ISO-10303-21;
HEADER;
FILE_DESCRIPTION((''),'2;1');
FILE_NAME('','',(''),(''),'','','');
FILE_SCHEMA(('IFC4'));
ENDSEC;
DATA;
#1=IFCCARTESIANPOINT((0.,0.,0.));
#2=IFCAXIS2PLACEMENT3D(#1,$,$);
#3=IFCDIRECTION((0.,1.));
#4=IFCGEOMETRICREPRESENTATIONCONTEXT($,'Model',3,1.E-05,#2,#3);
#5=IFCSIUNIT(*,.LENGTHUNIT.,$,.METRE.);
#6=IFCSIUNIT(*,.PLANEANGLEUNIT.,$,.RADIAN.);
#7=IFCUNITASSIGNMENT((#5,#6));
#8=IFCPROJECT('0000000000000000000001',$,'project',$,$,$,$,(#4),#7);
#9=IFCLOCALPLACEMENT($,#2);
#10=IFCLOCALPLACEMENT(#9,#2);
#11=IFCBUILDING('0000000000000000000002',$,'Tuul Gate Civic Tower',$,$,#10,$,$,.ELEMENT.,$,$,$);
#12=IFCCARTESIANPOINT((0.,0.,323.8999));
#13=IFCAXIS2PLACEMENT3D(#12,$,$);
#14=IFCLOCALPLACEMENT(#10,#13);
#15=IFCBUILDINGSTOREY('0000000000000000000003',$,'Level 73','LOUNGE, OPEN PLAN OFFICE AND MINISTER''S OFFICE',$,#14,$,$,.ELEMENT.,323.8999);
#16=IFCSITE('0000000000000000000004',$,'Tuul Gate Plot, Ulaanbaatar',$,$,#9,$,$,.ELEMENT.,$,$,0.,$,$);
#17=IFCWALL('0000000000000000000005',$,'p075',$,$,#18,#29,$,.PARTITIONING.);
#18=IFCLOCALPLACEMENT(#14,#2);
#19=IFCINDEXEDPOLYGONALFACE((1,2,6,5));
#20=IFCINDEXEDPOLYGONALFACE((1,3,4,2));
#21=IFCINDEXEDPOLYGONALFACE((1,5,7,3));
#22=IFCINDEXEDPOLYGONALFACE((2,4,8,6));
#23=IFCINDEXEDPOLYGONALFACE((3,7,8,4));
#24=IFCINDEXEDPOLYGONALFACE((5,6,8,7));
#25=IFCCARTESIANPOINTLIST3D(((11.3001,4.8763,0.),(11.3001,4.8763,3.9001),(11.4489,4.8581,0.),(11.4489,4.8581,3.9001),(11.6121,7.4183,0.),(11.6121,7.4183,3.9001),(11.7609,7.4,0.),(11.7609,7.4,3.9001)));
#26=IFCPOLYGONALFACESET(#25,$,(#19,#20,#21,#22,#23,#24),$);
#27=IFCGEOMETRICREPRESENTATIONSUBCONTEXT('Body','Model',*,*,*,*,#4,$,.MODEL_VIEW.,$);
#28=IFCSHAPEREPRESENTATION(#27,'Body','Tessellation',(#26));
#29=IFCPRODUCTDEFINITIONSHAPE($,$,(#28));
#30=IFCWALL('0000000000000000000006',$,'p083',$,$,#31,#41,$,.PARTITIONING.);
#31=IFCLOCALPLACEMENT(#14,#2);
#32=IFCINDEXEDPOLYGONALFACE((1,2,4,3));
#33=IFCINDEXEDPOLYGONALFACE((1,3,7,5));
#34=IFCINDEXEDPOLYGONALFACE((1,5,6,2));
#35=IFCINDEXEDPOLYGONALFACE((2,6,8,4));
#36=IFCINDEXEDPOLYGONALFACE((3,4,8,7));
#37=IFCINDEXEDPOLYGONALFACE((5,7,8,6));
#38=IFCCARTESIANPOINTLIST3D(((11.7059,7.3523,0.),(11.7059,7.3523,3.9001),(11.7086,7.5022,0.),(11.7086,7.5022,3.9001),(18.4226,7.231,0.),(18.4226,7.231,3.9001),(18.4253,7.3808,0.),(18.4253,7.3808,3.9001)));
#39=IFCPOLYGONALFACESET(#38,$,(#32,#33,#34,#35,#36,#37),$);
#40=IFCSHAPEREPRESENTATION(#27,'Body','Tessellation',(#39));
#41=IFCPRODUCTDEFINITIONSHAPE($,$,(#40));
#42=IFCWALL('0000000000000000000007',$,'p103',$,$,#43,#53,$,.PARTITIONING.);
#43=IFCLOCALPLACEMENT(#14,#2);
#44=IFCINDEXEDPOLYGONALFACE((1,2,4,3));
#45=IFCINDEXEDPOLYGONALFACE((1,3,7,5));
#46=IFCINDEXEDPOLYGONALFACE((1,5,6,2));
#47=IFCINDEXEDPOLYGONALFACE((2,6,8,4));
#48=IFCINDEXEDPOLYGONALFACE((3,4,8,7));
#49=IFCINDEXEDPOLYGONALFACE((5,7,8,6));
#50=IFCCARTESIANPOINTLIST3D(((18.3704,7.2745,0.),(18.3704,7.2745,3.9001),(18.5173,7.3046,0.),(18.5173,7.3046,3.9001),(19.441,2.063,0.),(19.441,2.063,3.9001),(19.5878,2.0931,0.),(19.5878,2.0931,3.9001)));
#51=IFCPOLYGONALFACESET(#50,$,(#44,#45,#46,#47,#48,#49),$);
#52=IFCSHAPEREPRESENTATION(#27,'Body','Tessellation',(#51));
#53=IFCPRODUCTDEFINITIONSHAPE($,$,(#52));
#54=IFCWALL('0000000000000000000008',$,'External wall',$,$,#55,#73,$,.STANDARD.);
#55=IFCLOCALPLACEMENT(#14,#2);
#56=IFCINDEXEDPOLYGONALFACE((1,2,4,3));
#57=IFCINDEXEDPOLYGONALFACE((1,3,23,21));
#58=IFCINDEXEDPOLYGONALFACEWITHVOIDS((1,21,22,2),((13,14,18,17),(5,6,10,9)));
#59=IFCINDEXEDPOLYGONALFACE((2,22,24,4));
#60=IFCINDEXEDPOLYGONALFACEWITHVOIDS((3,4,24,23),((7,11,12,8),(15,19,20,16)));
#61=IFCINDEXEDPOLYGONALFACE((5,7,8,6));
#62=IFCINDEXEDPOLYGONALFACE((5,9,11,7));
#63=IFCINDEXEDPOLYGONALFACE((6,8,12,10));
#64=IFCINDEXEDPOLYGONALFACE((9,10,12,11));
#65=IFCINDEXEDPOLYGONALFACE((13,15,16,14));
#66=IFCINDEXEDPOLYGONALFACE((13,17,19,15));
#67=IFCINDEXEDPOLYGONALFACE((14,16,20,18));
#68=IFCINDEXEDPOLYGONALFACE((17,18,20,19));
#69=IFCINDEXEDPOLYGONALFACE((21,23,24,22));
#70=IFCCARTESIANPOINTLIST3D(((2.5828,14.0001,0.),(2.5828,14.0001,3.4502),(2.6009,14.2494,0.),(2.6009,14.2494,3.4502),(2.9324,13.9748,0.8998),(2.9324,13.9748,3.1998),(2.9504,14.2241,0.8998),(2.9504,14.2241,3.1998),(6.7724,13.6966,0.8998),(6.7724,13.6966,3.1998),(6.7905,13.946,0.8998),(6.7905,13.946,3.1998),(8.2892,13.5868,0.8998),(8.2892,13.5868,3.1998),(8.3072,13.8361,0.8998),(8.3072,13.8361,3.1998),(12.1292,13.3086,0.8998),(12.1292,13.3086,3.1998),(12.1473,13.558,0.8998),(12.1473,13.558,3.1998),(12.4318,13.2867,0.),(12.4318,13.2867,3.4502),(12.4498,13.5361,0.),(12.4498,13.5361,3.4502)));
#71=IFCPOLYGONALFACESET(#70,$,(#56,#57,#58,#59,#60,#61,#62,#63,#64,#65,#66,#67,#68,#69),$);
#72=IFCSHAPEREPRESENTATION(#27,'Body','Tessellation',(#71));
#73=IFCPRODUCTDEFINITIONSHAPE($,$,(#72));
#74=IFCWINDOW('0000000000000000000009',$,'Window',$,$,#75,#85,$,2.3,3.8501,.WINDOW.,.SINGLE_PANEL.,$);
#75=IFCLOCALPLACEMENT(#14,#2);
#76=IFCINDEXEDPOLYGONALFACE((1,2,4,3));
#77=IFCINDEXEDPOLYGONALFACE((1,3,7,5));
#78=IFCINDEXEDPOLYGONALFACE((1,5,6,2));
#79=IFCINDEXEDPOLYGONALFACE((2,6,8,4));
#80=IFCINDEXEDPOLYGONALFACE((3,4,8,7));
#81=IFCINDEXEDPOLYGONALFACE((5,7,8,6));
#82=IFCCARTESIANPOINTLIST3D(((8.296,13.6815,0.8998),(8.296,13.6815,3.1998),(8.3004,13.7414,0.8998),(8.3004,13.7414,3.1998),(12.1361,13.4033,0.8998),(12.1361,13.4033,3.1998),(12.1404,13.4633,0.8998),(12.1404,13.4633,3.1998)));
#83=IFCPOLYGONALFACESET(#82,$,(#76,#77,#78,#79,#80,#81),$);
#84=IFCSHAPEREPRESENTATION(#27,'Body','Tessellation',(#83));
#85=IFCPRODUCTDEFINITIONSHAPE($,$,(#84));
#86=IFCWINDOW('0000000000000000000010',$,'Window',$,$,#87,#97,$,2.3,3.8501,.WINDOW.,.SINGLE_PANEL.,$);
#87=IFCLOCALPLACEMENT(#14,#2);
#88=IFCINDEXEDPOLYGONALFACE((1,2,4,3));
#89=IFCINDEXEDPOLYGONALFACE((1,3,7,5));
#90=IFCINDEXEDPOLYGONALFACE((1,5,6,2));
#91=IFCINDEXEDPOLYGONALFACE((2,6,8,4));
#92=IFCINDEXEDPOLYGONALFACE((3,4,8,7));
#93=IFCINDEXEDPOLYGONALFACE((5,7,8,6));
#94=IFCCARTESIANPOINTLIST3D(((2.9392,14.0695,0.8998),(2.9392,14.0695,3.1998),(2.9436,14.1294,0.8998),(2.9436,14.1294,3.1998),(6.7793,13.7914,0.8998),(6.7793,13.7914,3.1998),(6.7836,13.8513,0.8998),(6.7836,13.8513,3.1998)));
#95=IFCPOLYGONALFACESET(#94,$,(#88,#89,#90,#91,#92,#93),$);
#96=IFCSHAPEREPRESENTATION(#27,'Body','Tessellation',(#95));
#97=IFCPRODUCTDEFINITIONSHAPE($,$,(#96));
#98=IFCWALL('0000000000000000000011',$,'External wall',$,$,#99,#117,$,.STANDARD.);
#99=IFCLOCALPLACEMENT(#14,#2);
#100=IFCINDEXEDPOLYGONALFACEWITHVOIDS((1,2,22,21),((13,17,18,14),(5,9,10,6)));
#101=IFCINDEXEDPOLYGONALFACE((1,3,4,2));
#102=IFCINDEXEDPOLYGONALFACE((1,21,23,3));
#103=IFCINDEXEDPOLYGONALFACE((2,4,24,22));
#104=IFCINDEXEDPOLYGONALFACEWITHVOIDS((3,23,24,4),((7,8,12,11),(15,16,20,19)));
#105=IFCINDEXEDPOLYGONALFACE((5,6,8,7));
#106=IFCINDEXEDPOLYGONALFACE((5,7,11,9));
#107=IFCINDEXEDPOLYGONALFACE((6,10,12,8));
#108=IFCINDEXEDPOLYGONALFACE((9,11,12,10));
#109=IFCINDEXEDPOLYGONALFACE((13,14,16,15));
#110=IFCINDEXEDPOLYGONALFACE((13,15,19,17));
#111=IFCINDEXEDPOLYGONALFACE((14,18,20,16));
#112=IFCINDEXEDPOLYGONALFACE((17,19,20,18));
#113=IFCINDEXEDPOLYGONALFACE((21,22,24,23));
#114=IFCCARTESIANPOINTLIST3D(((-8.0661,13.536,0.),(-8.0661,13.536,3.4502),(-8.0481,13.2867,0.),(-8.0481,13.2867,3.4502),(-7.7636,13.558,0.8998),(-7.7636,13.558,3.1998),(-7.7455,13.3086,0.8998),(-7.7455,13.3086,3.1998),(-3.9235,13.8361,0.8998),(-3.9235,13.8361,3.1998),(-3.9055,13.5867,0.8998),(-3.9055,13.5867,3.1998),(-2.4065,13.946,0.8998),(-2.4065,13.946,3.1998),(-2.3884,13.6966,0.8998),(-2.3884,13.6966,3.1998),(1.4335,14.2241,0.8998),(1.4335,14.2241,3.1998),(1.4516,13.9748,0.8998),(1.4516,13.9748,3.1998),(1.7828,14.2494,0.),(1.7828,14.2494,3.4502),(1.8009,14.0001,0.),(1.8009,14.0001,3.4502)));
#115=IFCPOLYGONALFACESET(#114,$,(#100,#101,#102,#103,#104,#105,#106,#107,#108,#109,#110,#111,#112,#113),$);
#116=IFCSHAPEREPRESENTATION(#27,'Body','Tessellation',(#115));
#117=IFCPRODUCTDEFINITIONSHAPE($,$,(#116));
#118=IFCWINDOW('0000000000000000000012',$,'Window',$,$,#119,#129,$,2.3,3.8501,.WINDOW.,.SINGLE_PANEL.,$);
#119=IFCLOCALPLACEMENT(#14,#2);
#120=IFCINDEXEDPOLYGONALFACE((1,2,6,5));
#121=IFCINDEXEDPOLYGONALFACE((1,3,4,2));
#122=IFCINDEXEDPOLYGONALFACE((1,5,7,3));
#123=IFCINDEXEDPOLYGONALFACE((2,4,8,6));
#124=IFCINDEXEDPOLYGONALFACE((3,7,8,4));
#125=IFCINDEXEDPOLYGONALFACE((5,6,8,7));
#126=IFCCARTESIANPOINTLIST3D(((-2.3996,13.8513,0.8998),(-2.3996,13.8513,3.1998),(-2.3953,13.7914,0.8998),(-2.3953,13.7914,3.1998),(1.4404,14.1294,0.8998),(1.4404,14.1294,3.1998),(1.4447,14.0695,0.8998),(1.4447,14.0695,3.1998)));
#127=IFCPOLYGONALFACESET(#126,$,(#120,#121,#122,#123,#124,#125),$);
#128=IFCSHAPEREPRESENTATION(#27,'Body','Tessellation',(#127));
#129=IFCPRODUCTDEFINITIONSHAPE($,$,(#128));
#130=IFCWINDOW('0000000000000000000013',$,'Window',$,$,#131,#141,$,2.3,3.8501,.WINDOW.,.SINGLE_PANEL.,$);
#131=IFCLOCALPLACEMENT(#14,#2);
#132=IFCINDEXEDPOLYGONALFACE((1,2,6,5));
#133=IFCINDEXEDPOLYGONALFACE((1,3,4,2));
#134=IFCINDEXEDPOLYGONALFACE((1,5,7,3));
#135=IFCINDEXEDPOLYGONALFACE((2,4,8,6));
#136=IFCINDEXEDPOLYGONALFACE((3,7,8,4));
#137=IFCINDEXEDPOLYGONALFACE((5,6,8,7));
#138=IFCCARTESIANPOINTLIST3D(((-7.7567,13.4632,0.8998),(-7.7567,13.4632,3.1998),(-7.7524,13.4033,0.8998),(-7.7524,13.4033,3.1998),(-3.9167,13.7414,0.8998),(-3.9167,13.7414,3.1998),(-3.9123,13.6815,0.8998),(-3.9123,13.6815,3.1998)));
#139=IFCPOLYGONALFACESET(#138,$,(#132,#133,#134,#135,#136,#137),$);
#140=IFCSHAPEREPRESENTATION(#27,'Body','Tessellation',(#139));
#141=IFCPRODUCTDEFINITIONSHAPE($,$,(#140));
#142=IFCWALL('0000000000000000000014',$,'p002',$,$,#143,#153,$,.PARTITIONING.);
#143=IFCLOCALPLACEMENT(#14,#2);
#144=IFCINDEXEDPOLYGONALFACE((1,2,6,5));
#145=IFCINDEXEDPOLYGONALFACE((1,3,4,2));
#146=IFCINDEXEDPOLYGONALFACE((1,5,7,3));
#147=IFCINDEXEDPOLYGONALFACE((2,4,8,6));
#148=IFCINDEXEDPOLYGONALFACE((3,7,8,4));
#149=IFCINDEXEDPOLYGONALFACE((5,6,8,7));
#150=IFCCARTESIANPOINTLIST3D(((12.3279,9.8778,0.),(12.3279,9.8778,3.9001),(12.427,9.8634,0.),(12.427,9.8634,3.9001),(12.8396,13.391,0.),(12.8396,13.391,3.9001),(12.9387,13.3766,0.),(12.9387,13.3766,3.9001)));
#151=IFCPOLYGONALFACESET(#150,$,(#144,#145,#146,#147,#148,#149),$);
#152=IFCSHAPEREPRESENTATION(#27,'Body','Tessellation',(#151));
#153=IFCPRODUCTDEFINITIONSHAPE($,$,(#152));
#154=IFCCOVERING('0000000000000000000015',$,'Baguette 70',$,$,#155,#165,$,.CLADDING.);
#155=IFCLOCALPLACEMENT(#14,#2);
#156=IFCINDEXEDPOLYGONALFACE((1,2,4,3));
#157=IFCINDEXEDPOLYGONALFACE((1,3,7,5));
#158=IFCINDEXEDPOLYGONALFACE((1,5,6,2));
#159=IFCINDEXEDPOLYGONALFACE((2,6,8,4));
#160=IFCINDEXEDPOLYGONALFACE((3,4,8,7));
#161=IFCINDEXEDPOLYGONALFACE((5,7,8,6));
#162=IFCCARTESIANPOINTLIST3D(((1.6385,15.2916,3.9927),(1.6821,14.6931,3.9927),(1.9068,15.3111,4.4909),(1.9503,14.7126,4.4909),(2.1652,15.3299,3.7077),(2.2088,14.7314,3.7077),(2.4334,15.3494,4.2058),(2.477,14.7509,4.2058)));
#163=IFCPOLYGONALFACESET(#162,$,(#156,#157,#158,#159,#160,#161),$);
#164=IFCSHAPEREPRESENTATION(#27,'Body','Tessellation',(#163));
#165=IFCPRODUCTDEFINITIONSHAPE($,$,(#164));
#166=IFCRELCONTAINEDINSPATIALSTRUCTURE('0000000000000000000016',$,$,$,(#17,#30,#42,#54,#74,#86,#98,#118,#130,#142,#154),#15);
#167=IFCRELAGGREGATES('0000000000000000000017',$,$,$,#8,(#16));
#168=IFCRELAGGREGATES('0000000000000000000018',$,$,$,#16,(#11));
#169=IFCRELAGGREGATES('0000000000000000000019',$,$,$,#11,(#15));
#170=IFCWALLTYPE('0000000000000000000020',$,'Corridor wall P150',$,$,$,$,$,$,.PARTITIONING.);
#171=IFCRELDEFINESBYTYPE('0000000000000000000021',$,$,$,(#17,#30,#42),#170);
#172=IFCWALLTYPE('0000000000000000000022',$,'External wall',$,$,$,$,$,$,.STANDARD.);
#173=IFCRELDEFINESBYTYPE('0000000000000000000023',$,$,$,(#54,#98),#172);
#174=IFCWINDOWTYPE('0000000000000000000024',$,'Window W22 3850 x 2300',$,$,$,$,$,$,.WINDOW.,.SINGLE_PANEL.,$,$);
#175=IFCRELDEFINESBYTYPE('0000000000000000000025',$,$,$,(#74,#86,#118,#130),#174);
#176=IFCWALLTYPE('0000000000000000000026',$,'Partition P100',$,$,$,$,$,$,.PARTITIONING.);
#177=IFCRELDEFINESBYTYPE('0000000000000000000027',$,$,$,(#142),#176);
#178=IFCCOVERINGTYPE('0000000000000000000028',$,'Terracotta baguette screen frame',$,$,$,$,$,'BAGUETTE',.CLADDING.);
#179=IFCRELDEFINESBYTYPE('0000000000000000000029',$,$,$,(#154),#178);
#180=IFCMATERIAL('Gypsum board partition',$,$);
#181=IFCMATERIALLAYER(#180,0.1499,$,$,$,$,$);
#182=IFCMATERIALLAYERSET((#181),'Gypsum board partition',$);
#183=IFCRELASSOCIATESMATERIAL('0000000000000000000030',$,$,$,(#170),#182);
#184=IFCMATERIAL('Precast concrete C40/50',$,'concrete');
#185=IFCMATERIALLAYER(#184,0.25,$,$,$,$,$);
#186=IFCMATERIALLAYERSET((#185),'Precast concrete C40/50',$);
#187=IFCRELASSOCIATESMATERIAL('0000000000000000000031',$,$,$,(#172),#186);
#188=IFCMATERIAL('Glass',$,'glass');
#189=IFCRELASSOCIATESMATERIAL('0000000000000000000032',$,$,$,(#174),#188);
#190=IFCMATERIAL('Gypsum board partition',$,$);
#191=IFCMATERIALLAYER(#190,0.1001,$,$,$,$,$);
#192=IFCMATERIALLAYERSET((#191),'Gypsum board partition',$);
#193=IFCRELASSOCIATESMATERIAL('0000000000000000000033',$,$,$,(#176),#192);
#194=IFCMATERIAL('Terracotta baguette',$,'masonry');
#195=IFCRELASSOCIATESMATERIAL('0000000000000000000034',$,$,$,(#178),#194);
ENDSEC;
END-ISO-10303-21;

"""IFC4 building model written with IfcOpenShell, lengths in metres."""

from ifc_helpers import new_model, si_unit, direction, frame, frame_2d, origin, origin_2d, place, context, subcontext, project, spatial, rectangle, extrude, material, layer, layer_set, material_profile, profile_set, type_object, element, fill, save


model = new_model("IFC4")

# Units and contexts
model_context = context("Model", 3, precision=1e-05, world=origin(), true_north=direction((0.0, 1.0)))
body_context = subcontext(model_context, "Body", "Model", "MODEL_VIEW")
ifc_project = project(units=[si_unit("LENGTHUNIT", "METRE"), si_unit("PLANEANGLEUNIT", "RADIAN")], contexts=[model_context])

# Site, building, storey
site_placement = place(None, origin())
site = spatial("IfcSite", under=ifc_project, at=site_placement, Name="Tuul Gate Plot, Ulaanbaatar", CompositionType="ELEMENT", RefElevation=0.0)
building_placement = place(site_placement, origin())
building = spatial("IfcBuilding", under=site, at=building_placement, Name="Tuul Gate Civic Tower", CompositionType="ELEMENT")
storey_placement = place(building_placement, frame((0.0, 0.0, 323.8999)))
storey = spatial("IfcBuildingStorey", under=building, at=storey_placement, Name="Level 73", Description="LOUNGE, OPEN PLAN OFFICE AND MINISTER'S OFFICE", CompositionType="ELEMENT", Elevation=323.8999)

# Shared definitions
ifc_material_1 = material(Name="Gypsum board partition")
ifc_layer_1 = layer(ifc_material_1, 0.1499)
ifc_layer_set_1 = layer_set([ifc_layer_1], Name="Gypsum board partition")
wall_type_1 = type_object("IfcWallType", Name="Corridor wall P150", PredefinedType="PARTITIONING", material=ifc_layer_set_1)

# Walls
wall_1_placement = place(storey_placement, frame((11.3745, 4.8672, 0.0), z_axis=(0.0, 0.0, 1.0), x_axis=(0.121829, 0.992551, 0.0)))
element("IfcWall", 1, at=wall_1_placement, inside=storey, type_object=wall_type_1, Name="p075", PredefinedType="PARTITIONING", context=body_context, shape_type="SweptSolid", body=[
    extrude(rectangle(XDim=2.561, YDim=0.1499, at=frame_2d((1.2805, 0.0))), origin(), (0.0, 0.0, 1.0), 3.9001),
])
wall_2_placement = place(storey_placement, frame((11.7073, 7.4272, 0.0), z_axis=(0.0, 0.0, 1.0), x_axis=(0.999837, -0.018062, 0.0)))
element("IfcWall", 2, at=wall_2_placement, inside=storey, type_object=wall_type_1, Name="p083", PredefinedType="PARTITIONING", context=body_context, shape_type="SweptSolid", body=[
    extrude(rectangle(XDim=6.7178, YDim=0.1499, at=frame_2d((3.3589, 0.0))), origin(), (0.0, 0.0, 1.0), 3.9001),
])
wall_3_placement = place(storey_placement, frame((18.4438, 7.2896, 0.0), z_axis=(0.0, 0.0, 1.0), x_axis=(0.201223, -0.979545, 0.0)))
element("IfcWall", 3, at=wall_3_placement, inside=storey, type_object=wall_type_1, Name="p103", PredefinedType="PARTITIONING", context=body_context, shape_type="SweptSolid", body=[
    extrude(rectangle(XDim=5.3203, YDim=0.1499, at=frame_2d((2.6602, 0.0))), origin(), (0.0, 0.0, 1.0), 3.9001),
])

# Walls, openings, windows
ifc_material_2 = material(Name="Precast concrete C40/50", Category="concrete")
ifc_layer_2 = layer(ifc_material_2, 0.25)
ifc_layer_set_2 = layer_set([ifc_layer_2], Name="Precast concrete C40/50")
wall_type_2 = type_object("IfcWallType", Name="External wall", PredefinedType="STANDARD", material=ifc_layer_set_2)
wall_4_placement = place(storey_placement, frame((12.4409, 13.4114, 0.0), z_axis=(0.0, 0.0, 1.0), x_axis=(-0.997387, 0.072243, 0.0)))
wall_4 = element("IfcWall", 4, at=wall_4_placement, inside=storey, type_object=wall_type_2, Name="External wall", PredefinedType="STANDARD", context=body_context, shape_type="SweptSolid", body=[
    extrude(rectangle(XDim=9.8748, YDim=0.25, at=frame_2d((4.9375, 0.0))), origin(), (0.0, 0.0, 1.0), 3.4502),
])
opening_1_placement = place(wall_4_placement, frame((0.3035, 0.0, 0.8999)))
opening_1 = element("IfcOpeningElement", 5, at=opening_1_placement, cuts=wall_4, PredefinedType="OPENING", context=body_context, shape_type="SweptSolid", body=[
    extrude(rectangle(XDim=3.8501, YDim=2.3, at=frame_2d((1.925, 1.1499))), frame((0.0, 0.135, 0.0), z_axis=(0.0, -1.0, 0.0), x_axis=(1.0, 0.0, 0.0)), (0.0, 0.0, 1.0), 0.27),
])
opening_2_placement = place(wall_4_placement, frame((5.6743, 0.0, 0.8999)))
opening_2 = element("IfcOpeningElement", 6, at=opening_2_placement, cuts=wall_4, PredefinedType="OPENING", context=body_context, shape_type="SweptSolid", body=[
    extrude(rectangle(XDim=3.8501, YDim=2.3, at=frame_2d((1.925, 1.1499))), frame((0.0, 0.135, 0.0), z_axis=(0.0, -1.0, 0.0), x_axis=(1.0, 0.0, 0.0)), (0.0, 0.0, 1.0), 0.27),
])
ifc_material_3 = material(Name="Glass", Category="glass")
window_type = type_object("IfcWindowType", Name="Window W22 3850 x 2300", PartitioningType="SINGLE_PANEL", PredefinedType="WINDOW", material=ifc_material_3)
window_1_placement = place(opening_1_placement, origin())
window_1 = element("IfcWindow", 7, at=window_1_placement, inside=storey, type_object=window_type, Name="Window", OverallHeight=2.3, OverallWidth=3.8501, PartitioningType="SINGLE_PANEL", PredefinedType="WINDOW", context=body_context, shape_type="SweptSolid", body=[
    extrude(rectangle(XDim=3.8501, YDim=2.3, at=frame_2d((1.925, 1.1499))), frame((0.0, 0.03, 0.0), z_axis=(0.0, -1.0, 0.0), x_axis=(1.0, 0.0, 0.0)), (0.0, 0.0, 1.0), 0.0601),
])
fill(opening_1, window_1)
window_2_placement = place(opening_2_placement, origin())
window_2 = element("IfcWindow", 8, at=window_2_placement, inside=storey, type_object=window_type, Name="Window", OverallHeight=2.3, OverallWidth=3.8501, PartitioningType="SINGLE_PANEL", PredefinedType="WINDOW", context=body_context, shape_type="SweptSolid", body=[
    extrude(rectangle(XDim=3.8501, YDim=2.3, at=frame_2d((1.925, 1.1499))), frame((0.0, 0.03, 0.0), z_axis=(0.0, -1.0, 0.0), x_axis=(1.0, 0.0, 0.0)), (0.0, 0.0, 1.0), 0.0601),
])
fill(opening_2, window_2)
wall_5_placement = place(storey_placement, frame((1.792, 14.1248, 0.0), z_axis=(0.0, 0.0, 1.0), x_axis=(-0.997387, -0.072243, 0.0)))
wall_5 = element("IfcWall", 9, at=wall_5_placement, inside=storey, type_object=wall_type_2, Name="External wall", PredefinedType="STANDARD", context=body_context, shape_type="SweptSolid", body=[
    extrude(rectangle(XDim=9.8748, YDim=0.25, at=frame_2d((4.9375, 0.0))), origin(), (0.0, 0.0, 1.0), 3.4502),
])
opening_3_placement = place(wall_5_placement, frame((0.3503, 0.0, 0.8999)))
opening_3 = element("IfcOpeningElement", 10, at=opening_3_placement, cuts=wall_5, PredefinedType="OPENING", context=body_context, shape_type="SweptSolid", body=[
    extrude(rectangle(XDim=3.8501, YDim=2.3, at=frame_2d((1.925, 1.1499))), frame((0.0, 0.135, 0.0), z_axis=(0.0, -1.0, 0.0), x_axis=(1.0, 0.0, 0.0)), (0.0, 0.0, 1.0), 0.27),
])
opening_4_placement = place(wall_5_placement, frame((5.7214, 0.0, 0.8999)))
opening_4 = element("IfcOpeningElement", 11, at=opening_4_placement, cuts=wall_5, PredefinedType="OPENING", context=body_context, shape_type="SweptSolid", body=[
    extrude(rectangle(XDim=3.8501, YDim=2.3, at=frame_2d((1.925, 1.1499))), frame((0.0, 0.135, 0.0), z_axis=(0.0, -1.0, 0.0), x_axis=(1.0, 0.0, 0.0)), (0.0, 0.0, 1.0), 0.27),
])
window_3_placement = place(opening_3_placement, origin())
window_3 = element("IfcWindow", 12, at=window_3_placement, inside=storey, type_object=window_type, Name="Window", OverallHeight=2.3, OverallWidth=3.8501, PartitioningType="SINGLE_PANEL", PredefinedType="WINDOW", context=body_context, shape_type="SweptSolid", body=[
    extrude(rectangle(XDim=3.8501, YDim=2.3, at=frame_2d((1.925, 1.1499))), frame((0.0, 0.03, 0.0), z_axis=(0.0, -1.0, 0.0), x_axis=(1.0, 0.0, 0.0)), (0.0, 0.0, 1.0), 0.0601),
])
fill(opening_3, window_3)
window_4_placement = place(opening_4_placement, origin())
window_4 = element("IfcWindow", 13, at=window_4_placement, inside=storey, type_object=window_type, Name="Window", OverallHeight=2.3, OverallWidth=3.8501, PartitioningType="SINGLE_PANEL", PredefinedType="WINDOW", context=body_context, shape_type="SweptSolid", body=[
    extrude(rectangle(XDim=3.8501, YDim=2.3, at=frame_2d((1.925, 1.1499))), frame((0.0, 0.03, 0.0), z_axis=(0.0, -1.0, 0.0), x_axis=(1.0, 0.0, 0.0)), (0.0, 0.0, 1.0), 0.0601),
])
fill(opening_4, window_4)

# Wall
ifc_material_4 = material(Name="Gypsum board partition")
ifc_layer_3 = layer(ifc_material_4, 0.1001)
ifc_layer_set_3 = layer_set([ifc_layer_3], Name="Gypsum board partition")
wall_type_3 = type_object("IfcWallType", Name="Partition P100", PredefinedType="PARTITIONING", material=ifc_layer_set_3)
wall_6_placement = place(storey_placement, frame((12.3774, 9.8706, 0.0), z_axis=(0.0, 0.0, 1.0), x_axis=(0.144136, 0.989558, 0.0)))
element("IfcWall", 14, at=wall_6_placement, inside=storey, type_object=wall_type_3, Name="p002", PredefinedType="PARTITIONING", context=body_context, shape_type="SweptSolid", body=[
    extrude(rectangle(XDim=3.5503, YDim=0.1001, at=frame_2d((1.7751, 0.0))), origin(), (0.0, 0.0, 1.0), 3.9001),
])

# Covering
ifc_material_5 = material(Name="Terracotta baguette", Category="masonry")
ifc_material_profile_1 = material_profile(ifc_material_5, rectangle(XDim=0.6001, YDim=0.6001, at=origin_2d()), Name="Terracotta baguette screen frame")
ifc_profile_set_1 = profile_set([ifc_material_profile_1], Name="Terracotta baguette")
covering_type = type_object("IfcCoveringType", Name="Terracotta baguette screen frame", ElementType="BAGUETTE", PredefinedType="CLADDING", material=ifc_profile_set_1)
for number, where, z_axis, x_axis, name in (
    (15, (2.1919, 15.031, 4.3484), (-0.473818, -0.034491, -0.879947), (0.072601, -0.997361, 0.0), "Baguette 70"),
):
    element("IfcCovering", number, at=place(storey_placement, frame(where, z_axis=z_axis, x_axis=x_axis)), inside=storey, type_object=covering_type, Name=name, PredefinedType="CLADDING", context=body_context, shape_type="SweptSolid", body=[
        extrude(rectangle(XDim=0.6001, YDim=0.6001, at=origin_2d()), origin(), (0.0, 0.0, 1.0), 0.5662),
    ])

save(model, "model.ifc")
